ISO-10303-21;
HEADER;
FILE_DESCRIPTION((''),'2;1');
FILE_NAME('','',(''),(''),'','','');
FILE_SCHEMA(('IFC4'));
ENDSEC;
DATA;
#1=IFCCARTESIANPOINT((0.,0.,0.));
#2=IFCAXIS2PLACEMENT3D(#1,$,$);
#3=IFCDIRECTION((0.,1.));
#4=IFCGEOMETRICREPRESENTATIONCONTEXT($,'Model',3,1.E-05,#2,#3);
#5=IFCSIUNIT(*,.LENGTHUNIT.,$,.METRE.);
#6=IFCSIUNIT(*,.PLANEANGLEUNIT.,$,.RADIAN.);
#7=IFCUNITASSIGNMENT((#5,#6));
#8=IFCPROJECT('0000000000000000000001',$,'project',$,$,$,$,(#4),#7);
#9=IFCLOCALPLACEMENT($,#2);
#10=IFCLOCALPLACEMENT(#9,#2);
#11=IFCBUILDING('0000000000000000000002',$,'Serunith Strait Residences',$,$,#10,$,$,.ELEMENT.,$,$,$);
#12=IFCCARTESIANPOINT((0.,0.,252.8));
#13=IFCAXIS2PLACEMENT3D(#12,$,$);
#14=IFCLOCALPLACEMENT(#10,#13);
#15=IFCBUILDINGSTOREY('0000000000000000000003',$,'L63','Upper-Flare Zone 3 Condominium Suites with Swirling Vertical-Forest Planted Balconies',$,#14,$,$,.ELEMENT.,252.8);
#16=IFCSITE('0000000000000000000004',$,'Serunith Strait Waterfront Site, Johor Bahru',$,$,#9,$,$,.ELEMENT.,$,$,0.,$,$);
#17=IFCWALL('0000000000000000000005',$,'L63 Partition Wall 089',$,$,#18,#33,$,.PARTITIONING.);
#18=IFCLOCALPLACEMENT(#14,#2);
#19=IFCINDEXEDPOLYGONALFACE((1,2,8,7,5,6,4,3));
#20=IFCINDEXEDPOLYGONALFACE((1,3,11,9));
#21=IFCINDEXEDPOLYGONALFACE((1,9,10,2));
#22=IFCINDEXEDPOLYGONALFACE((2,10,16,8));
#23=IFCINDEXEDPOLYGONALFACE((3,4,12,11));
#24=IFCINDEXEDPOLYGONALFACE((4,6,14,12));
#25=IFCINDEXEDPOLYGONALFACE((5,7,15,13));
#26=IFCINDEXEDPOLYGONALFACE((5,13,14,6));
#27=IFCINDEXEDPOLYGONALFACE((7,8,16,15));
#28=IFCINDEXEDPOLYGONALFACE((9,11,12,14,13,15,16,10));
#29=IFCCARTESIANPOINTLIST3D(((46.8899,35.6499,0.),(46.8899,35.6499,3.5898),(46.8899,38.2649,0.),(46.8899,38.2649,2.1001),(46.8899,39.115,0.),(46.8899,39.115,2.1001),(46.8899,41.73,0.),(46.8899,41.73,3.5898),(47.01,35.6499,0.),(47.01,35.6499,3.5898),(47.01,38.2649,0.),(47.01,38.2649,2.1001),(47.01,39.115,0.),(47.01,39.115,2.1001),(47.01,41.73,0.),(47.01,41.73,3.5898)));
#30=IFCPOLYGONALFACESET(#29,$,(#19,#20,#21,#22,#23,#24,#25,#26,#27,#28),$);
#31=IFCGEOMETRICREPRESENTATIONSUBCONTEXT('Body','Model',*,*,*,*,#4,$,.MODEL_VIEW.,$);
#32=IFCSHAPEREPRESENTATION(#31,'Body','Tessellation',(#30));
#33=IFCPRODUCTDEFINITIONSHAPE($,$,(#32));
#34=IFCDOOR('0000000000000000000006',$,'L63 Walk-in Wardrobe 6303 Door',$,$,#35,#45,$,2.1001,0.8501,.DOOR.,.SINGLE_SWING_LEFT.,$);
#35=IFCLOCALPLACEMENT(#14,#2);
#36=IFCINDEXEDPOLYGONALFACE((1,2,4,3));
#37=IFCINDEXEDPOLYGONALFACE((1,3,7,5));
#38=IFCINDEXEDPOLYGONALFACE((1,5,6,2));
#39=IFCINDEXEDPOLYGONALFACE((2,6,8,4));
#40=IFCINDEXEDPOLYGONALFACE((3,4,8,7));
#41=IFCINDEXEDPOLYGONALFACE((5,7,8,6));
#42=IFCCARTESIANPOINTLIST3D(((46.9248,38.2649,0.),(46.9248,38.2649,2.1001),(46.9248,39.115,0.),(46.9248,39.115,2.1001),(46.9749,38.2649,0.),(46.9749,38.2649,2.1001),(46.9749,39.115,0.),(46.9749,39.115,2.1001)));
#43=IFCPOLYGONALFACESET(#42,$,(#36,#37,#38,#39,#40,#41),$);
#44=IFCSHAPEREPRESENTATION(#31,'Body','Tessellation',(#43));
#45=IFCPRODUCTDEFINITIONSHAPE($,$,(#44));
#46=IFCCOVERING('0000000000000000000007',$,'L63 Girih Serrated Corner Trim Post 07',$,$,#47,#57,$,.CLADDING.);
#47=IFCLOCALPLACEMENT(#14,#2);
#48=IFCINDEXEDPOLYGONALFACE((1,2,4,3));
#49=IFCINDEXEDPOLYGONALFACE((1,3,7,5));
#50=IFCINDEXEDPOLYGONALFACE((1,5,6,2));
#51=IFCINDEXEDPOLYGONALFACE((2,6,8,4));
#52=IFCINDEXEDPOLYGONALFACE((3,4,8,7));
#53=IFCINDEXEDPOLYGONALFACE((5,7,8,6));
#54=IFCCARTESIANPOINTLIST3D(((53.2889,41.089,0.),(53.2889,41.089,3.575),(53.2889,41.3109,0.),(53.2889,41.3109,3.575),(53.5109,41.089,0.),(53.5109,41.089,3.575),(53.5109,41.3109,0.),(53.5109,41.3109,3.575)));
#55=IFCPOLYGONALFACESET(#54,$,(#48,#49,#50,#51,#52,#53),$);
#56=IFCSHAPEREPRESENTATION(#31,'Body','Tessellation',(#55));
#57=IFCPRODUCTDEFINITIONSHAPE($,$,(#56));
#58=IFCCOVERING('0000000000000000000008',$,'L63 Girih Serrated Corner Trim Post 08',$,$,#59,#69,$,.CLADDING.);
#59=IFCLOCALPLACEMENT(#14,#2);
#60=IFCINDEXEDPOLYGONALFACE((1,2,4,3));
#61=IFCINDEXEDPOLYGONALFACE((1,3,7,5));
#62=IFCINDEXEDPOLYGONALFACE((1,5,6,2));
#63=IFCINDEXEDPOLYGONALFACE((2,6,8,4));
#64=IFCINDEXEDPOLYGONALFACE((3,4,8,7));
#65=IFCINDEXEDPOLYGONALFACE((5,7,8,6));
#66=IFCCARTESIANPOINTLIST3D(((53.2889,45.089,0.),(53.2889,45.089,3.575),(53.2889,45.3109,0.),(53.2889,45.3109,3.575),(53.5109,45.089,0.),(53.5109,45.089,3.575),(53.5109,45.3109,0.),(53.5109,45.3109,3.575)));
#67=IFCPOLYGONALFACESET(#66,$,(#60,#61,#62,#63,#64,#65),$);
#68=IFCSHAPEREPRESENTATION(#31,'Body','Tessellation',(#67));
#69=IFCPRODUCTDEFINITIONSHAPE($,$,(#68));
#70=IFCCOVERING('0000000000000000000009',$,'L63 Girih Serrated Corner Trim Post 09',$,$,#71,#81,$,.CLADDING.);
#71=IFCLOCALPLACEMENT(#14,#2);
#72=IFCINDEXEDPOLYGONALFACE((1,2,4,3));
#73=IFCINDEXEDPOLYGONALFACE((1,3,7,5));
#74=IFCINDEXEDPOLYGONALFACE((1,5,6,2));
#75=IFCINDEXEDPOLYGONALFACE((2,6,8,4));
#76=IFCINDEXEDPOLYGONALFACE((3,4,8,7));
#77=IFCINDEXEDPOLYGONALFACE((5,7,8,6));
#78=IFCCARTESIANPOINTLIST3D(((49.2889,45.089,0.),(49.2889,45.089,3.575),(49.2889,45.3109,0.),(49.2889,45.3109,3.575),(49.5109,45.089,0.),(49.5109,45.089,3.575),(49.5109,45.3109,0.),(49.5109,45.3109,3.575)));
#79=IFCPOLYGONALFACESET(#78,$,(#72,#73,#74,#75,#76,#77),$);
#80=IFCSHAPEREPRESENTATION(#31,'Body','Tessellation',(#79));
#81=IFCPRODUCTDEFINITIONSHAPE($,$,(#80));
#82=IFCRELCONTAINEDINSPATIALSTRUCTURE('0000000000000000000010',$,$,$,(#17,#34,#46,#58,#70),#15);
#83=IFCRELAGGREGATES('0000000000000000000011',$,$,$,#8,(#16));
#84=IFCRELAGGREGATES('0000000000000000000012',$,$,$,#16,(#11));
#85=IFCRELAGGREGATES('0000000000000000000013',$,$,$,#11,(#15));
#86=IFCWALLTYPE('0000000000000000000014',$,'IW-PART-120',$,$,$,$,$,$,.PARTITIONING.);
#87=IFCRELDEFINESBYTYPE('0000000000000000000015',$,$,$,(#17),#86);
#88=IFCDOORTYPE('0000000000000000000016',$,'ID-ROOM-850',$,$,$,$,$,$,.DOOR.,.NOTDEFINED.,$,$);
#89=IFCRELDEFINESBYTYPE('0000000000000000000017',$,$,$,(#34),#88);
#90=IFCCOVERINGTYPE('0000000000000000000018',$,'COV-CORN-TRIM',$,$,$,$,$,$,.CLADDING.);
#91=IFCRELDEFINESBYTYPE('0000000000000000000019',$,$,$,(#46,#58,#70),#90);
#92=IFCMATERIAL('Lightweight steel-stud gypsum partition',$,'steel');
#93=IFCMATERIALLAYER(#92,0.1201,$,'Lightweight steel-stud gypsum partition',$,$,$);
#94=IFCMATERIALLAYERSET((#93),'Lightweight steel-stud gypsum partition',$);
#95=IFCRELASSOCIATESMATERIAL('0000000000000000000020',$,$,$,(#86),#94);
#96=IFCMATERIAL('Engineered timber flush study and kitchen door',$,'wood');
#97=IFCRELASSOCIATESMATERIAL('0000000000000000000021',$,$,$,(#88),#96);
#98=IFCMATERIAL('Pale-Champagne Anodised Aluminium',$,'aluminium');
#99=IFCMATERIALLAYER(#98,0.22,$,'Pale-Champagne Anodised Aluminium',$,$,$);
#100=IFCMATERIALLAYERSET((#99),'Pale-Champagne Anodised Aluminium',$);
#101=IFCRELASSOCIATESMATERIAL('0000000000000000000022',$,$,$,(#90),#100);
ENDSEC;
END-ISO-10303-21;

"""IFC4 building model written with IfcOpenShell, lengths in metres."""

from ifc_helpers import new_model, si_unit, direction, frame, frame_2d, origin, origin_2d, place, context, subcontext, project, spatial, rectangle, extrude, source, transform, mapped, material, layer, layer_set, type_object, element, fill, save


model = new_model("IFC4")

# Units and contexts
model_context = context("Model", 3, precision=1e-05, world=origin(), true_north=direction((0.0, 1.0)))
body_context = subcontext(model_context, "Body", "Model", "MODEL_VIEW")
ifc_project = project(units=[si_unit("LENGTHUNIT", "METRE"), si_unit("PLANEANGLEUNIT", "RADIAN")], contexts=[model_context])

# Site, building, storey
site_placement = place(None, origin())
site = spatial("IfcSite", under=ifc_project, at=site_placement, Name="Serunith Strait Waterfront Site, Johor Bahru", CompositionType="ELEMENT", RefElevation=0.0)
building_placement = place(site_placement, origin())
building = spatial("IfcBuilding", under=site, at=building_placement, Name="Serunith Strait Residences", CompositionType="ELEMENT")
storey_placement = place(building_placement, frame((0.0, 0.0, 252.8)))
storey = spatial("IfcBuildingStorey", under=building, at=storey_placement, Name="L63", Description="Upper-Flare Zone 3 Condominium Suites with Swirling Vertical-Forest Planted Balconies", CompositionType="ELEMENT", Elevation=252.8)

# Shared definitions
ifc_material_1 = material(Name="Pale-Champagne Anodised Aluminium", Category="aluminium")

# Shared definitions
ifc_material_2 = material(Name="Lightweight steel-stud gypsum partition", Category="steel")
ifc_layer_1 = layer(ifc_material_2, 0.1201, Name="Lightweight steel-stud gypsum partition")
ifc_layer_set_1 = layer_set([ifc_layer_1], Name="Lightweight steel-stud gypsum partition")
wall_type_1 = type_object("IfcWallType", Name="IW-PART-120", PredefinedType="PARTITIONING", material=ifc_layer_set_1)

# Wall, opening, door
wall_1_placement = place(storey_placement, frame((46.95, 41.73, 0.0), z_axis=(0.0, 0.0, 1.0), x_axis=(0.0, -1.0, 0.0)))
wall_1 = element("IfcWall", 1, at=wall_1_placement, inside=storey, type_object=wall_type_1, Name="L63 Partition Wall 089", PredefinedType="PARTITIONING", context=body_context, shape_type="SweptSolid", body=[
    extrude(rectangle(XDim=6.0801, YDim=0.1201, at=frame_2d((3.04, 0.0))), origin(), (0.0, 0.0, 1.0), 3.5898),
])
opening_1_placement = place(wall_1_placement, frame((2.615, 0.0, 0.0)))
opening_1 = element("IfcOpeningElement", 2, at=opening_1_placement, cuts=wall_1, PredefinedType="OPENING", context=body_context, shape_type="SweptSolid", body=[
    extrude(rectangle(XDim=0.8501, YDim=2.1001, at=frame_2d((0.425, 1.05))), frame((0.0, 0.0701, 0.0), z_axis=(0.0, -1.0, 0.0), x_axis=(1.0, 0.0, 0.0)), (0.0, 0.0, 1.0), 0.1401),
])
ifc_material_3 = material(Name="Engineered timber flush study and kitchen door", Category="wood")
door_type_1 = type_object("IfcDoorType", Name="ID-ROOM-850", OperationType="NOTDEFINED", PredefinedType="DOOR", material=ifc_material_3)
shared_shape_1 = source(origin(), body_context, "Body", "SweptSolid", [
    extrude(rectangle(XDim=0.8501, YDim=2.1001, at=frame_2d((0.425, 1.05))), frame((0.0, 0.0249, 0.0), z_axis=(0.0, -1.0, 0.0), x_axis=(1.0, 0.0, 0.0)), (0.0, 0.0, 1.0), 0.05),
])
door_1_placement = place(opening_1_placement, origin())
door_1 = element("IfcDoor", 3, at=door_1_placement, inside=storey, type_object=door_type_1, Name="L63 Walk-in Wardrobe 6303 Door", OperationType="SINGLE_SWING_LEFT", OverallHeight=2.1001, OverallWidth=0.8501, PredefinedType="DOOR", context=body_context, shape_type="MappedRepresentation", body=[
    mapped(shared_shape_1, transform((0.0, 0.0, 0.0), scale=1.0)),
])
fill(opening_1, door_1)

# Coverings
ifc_layer_2 = layer(ifc_material_1, 0.22, Name="Pale-Champagne Anodised Aluminium")
ifc_layer_set_2 = layer_set([ifc_layer_2], Name="Pale-Champagne Anodised Aluminium")
covering_type = type_object("IfcCoveringType", Name="COV-CORN-TRIM", PredefinedType="CLADDING", material=ifc_layer_set_2)
shared_shape_2 = source(origin(), body_context, "Body", "SweptSolid", [
    extrude(rectangle(XDim=0.2219, YDim=0.2219, at=origin_2d()), origin(), (0.0, 0.0, 1.0), 3.575),
])
for number, where, z_axis, x_axis, name in (
    (4, (53.3999, 41.2, 0.0), (0.0, 0.0, 1.0), (1.0, 0.0, 0.0), "L63 Girih Serrated Corner Trim Post 07"),
    (5, (53.3999, 45.2, 0.0), (0.0, 0.0, 1.0), (1.0, 0.0, 0.0), "L63 Girih Serrated Corner Trim Post 08"),
    (6, (49.3999, 45.2, 0.0), (0.0, 0.0, 1.0), (1.0, 0.0, 0.0), "L63 Girih Serrated Corner Trim Post 09"),
):
    element("IfcCovering", number, at=place(storey_placement, frame(where, z_axis=z_axis, x_axis=x_axis)), inside=storey, type_object=covering_type, Name=name, PredefinedType="CLADDING", context=body_context, shape_type="MappedRepresentation", body=[
        mapped(shared_shape_2, transform((0.0, 0.0, 0.0), scale=1.0)),
    ])

save(model, "model.ifc")
